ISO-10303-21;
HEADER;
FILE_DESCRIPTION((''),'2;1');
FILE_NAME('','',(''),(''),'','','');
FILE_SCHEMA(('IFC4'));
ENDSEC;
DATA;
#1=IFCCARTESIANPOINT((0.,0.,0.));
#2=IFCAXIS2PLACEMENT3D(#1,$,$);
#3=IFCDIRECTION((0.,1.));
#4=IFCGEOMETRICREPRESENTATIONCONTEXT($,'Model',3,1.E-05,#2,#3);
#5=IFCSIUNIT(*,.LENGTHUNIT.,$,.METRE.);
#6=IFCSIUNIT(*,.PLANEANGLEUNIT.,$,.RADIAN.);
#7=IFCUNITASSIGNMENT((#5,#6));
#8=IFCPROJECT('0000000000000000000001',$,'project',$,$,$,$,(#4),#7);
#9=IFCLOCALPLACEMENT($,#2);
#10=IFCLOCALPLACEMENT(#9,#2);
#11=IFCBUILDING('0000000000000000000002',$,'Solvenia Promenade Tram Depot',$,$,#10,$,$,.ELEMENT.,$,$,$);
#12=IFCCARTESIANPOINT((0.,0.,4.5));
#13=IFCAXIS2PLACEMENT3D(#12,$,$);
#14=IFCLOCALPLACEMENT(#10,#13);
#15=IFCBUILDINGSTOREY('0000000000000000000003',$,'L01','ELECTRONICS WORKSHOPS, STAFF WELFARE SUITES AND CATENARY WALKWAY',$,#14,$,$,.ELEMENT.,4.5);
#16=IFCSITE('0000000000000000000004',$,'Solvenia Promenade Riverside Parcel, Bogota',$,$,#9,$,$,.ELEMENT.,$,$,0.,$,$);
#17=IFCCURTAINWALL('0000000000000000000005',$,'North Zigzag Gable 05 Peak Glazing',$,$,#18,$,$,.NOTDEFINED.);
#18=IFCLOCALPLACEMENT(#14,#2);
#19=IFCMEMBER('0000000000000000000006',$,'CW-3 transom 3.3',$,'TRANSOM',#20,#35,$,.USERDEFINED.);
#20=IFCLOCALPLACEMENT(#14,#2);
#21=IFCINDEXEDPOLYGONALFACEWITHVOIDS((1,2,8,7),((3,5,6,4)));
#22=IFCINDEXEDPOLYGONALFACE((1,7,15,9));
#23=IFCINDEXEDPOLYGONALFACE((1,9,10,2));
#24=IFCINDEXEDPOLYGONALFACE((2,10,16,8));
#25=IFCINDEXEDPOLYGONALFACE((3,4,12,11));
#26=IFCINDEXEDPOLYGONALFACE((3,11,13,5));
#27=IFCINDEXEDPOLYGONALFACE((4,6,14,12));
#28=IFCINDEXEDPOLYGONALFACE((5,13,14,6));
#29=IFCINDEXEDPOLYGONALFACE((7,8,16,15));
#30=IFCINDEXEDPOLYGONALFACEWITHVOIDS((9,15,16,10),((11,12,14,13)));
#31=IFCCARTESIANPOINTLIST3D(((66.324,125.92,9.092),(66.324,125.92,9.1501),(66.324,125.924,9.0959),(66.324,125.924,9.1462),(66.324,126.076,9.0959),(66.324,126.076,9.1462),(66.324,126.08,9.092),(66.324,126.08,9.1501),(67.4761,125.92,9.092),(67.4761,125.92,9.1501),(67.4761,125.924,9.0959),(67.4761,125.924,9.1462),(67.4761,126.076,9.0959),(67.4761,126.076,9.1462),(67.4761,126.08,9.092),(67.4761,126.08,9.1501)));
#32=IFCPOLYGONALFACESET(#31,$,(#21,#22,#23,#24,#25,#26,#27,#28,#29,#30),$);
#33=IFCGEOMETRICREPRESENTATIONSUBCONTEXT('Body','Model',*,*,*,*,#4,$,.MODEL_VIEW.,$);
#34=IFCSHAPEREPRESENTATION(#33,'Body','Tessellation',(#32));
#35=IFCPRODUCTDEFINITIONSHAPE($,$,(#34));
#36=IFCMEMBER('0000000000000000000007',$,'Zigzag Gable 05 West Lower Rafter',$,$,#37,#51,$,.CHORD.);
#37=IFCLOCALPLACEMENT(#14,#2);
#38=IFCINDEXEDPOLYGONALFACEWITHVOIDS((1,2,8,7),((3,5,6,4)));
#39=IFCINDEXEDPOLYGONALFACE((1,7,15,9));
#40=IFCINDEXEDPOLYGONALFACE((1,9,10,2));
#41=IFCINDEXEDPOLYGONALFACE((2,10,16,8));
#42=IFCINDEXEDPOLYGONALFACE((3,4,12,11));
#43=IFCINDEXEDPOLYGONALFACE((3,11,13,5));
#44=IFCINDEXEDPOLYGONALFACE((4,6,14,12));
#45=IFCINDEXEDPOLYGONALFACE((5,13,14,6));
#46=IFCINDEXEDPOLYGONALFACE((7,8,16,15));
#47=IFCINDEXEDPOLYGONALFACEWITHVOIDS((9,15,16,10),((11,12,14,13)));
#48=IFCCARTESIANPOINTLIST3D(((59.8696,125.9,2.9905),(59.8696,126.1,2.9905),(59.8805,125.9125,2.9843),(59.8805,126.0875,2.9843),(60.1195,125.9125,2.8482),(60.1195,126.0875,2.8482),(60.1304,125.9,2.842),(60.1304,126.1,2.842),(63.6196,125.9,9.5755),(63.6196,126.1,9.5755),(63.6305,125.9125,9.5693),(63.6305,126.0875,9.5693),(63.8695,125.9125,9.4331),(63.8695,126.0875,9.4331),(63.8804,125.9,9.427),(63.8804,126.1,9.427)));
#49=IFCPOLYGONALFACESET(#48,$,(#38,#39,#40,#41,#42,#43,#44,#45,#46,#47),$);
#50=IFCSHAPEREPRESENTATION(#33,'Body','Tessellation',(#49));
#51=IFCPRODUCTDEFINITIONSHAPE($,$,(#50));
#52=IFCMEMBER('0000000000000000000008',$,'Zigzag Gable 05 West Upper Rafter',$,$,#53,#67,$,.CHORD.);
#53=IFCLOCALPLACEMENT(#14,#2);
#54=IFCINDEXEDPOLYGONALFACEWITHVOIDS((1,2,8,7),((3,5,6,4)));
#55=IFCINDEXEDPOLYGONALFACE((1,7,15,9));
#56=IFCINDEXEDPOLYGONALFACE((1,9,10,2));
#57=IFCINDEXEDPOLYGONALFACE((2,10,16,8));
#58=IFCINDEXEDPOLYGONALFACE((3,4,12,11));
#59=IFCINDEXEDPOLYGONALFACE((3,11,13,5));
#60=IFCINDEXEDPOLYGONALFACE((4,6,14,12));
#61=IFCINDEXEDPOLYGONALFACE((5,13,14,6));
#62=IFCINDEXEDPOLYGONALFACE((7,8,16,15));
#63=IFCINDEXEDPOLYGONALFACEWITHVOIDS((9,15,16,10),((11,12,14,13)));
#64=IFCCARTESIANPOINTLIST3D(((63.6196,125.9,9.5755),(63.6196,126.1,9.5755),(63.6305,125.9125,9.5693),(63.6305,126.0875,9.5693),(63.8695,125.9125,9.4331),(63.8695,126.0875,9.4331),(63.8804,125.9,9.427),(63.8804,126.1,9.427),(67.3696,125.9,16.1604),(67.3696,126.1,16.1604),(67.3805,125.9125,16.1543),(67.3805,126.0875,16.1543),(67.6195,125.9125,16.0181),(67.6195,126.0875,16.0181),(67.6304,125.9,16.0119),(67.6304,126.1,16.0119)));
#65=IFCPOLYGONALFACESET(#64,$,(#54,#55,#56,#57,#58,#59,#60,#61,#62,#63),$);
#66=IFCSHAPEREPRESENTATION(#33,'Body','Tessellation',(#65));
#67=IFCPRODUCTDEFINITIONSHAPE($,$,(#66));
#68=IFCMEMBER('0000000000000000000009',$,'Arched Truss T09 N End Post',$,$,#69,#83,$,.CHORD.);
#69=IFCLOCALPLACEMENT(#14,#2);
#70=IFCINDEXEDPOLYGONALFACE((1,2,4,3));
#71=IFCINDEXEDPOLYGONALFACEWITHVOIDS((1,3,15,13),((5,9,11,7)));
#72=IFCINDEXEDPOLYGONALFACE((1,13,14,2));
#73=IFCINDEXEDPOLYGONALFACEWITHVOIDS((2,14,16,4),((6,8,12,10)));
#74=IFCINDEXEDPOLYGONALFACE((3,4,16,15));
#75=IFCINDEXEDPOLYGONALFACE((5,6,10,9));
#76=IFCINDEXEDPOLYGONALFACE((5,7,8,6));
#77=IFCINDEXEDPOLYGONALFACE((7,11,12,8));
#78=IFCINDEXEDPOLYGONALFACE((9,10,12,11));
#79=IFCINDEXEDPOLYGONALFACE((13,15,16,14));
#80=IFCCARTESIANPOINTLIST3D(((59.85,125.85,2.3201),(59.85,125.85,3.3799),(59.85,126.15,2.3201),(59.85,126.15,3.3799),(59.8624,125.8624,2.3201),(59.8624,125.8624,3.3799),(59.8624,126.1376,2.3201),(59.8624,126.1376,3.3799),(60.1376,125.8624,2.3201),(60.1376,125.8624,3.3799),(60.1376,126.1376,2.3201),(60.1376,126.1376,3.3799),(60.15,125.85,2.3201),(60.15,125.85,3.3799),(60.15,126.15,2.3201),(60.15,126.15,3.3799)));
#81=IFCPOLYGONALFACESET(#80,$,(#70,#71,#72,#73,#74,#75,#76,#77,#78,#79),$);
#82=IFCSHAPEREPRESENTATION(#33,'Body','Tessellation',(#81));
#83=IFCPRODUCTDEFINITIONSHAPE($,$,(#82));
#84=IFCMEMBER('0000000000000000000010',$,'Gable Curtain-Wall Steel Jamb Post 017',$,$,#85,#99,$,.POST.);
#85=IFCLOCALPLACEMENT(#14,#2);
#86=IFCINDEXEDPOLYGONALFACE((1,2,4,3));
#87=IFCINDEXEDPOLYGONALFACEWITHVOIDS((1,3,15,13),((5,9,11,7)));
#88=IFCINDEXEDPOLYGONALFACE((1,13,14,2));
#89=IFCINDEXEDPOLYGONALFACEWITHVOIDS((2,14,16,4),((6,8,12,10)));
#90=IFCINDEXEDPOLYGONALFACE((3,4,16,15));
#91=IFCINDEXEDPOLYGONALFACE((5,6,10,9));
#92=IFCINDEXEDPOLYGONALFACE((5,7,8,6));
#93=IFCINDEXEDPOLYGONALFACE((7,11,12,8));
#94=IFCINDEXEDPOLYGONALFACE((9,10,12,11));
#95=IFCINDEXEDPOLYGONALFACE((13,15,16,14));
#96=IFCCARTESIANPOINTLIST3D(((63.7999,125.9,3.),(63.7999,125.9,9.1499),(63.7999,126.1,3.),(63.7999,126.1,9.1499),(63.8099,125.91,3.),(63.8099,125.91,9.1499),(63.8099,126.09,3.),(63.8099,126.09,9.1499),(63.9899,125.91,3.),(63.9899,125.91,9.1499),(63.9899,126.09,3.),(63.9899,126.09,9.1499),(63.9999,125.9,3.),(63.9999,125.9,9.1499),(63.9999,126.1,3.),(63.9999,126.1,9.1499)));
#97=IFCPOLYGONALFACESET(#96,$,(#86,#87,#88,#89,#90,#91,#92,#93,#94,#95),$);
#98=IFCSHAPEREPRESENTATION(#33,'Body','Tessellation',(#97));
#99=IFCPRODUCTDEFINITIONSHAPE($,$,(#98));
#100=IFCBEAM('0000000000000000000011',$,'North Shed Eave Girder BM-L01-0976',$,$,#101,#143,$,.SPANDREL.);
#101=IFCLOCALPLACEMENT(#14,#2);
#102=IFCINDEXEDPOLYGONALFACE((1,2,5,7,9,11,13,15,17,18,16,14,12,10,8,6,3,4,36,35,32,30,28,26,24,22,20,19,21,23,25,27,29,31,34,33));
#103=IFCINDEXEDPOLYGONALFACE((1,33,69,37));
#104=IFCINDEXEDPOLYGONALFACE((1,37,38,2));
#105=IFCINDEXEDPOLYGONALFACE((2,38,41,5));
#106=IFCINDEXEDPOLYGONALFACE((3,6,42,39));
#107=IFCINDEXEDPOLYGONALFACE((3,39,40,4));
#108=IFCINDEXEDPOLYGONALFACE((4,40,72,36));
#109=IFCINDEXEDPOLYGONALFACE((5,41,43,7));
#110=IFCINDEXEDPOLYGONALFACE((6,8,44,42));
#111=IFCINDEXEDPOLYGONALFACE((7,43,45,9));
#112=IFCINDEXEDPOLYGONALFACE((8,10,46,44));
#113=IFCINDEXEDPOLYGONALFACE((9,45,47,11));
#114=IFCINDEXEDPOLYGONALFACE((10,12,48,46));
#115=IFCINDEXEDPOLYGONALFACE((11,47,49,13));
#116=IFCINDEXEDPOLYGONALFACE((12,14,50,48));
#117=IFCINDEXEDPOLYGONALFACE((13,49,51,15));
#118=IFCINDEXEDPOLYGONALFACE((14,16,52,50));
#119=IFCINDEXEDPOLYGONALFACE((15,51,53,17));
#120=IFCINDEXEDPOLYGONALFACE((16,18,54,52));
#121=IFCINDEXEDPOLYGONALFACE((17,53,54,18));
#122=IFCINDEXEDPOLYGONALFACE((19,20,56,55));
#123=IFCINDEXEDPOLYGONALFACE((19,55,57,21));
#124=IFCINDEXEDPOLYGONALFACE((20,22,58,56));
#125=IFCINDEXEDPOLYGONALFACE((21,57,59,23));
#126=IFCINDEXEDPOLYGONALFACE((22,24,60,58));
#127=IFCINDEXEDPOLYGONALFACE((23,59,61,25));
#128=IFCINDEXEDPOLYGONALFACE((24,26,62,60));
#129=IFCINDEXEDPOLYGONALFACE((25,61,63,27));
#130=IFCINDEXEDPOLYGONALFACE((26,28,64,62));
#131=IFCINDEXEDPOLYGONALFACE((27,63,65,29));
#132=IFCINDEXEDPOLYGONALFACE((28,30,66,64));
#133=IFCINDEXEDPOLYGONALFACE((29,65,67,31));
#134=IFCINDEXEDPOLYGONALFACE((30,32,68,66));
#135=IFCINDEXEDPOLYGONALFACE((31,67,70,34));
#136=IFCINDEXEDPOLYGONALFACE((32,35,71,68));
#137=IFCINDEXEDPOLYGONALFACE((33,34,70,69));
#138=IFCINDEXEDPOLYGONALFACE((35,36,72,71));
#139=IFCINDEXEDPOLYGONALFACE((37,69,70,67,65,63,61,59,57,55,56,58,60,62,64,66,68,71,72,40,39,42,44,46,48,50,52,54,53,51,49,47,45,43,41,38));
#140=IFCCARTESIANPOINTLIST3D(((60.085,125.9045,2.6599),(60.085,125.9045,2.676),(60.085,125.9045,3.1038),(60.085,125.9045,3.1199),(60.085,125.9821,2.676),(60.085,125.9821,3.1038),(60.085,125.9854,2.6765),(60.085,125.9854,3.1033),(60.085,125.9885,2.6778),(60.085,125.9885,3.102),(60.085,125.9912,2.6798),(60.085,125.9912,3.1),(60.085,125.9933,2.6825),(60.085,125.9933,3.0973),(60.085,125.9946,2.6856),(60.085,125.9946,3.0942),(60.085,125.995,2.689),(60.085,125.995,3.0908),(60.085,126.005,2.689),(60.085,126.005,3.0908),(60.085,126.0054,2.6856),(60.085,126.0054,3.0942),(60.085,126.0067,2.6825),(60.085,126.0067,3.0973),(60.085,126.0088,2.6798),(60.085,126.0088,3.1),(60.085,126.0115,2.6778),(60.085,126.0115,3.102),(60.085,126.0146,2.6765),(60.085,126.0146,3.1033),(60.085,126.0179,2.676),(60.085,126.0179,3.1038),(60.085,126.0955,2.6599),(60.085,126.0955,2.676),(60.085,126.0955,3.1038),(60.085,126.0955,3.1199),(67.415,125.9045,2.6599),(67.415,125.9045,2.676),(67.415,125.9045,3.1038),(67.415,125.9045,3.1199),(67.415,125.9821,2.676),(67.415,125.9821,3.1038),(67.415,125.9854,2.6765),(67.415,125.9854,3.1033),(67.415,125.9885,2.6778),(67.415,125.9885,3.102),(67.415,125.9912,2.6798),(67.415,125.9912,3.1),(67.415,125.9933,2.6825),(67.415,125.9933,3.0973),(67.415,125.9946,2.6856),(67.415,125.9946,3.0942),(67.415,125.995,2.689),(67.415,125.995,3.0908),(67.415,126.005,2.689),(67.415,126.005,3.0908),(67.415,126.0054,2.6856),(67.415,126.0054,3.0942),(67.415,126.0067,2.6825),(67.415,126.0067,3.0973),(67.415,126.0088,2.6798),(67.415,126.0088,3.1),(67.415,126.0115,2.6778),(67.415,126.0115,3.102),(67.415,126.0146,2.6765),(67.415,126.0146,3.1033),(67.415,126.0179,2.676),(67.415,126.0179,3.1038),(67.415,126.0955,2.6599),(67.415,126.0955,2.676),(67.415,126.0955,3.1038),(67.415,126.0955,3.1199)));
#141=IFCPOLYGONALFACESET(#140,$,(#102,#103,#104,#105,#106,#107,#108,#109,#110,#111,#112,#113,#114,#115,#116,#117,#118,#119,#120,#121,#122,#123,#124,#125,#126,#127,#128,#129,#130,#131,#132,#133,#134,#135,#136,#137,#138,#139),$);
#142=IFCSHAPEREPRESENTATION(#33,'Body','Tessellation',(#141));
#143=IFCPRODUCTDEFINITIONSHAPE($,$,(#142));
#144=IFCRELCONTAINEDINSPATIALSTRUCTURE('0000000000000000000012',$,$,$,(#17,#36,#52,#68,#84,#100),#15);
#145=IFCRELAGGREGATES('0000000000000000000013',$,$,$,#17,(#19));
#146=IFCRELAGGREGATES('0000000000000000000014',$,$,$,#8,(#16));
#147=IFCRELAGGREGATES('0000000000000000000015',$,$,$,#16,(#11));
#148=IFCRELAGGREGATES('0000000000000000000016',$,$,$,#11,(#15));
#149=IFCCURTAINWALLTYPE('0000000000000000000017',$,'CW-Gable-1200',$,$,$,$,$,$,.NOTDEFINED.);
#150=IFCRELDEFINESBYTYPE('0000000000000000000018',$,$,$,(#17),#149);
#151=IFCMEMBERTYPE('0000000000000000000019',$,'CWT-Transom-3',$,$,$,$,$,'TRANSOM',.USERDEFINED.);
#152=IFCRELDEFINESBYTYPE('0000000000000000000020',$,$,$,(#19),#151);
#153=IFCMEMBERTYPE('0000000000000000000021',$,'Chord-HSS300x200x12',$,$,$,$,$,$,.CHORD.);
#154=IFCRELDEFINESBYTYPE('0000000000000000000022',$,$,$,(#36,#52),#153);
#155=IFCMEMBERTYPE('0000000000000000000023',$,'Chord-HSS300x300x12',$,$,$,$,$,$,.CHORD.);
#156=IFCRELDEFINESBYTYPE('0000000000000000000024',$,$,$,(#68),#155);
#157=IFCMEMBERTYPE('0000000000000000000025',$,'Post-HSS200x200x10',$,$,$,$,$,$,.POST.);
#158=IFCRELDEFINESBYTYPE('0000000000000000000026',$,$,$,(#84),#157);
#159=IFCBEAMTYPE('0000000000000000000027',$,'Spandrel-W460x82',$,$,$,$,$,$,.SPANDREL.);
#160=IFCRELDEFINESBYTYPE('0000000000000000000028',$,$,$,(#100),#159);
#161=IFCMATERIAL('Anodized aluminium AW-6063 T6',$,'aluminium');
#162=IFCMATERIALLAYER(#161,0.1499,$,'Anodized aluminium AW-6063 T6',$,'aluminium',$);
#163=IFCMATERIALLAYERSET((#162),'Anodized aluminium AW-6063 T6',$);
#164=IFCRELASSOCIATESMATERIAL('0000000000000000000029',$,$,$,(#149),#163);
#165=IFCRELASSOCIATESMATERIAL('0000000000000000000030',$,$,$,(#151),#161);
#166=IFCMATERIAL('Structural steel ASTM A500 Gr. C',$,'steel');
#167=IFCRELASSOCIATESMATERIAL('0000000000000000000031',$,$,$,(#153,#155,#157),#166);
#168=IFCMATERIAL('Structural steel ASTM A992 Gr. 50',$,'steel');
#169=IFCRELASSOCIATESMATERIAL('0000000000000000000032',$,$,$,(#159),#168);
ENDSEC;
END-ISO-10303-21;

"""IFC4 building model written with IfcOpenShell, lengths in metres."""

from ifc_helpers import new_model, si_unit, direction, frame, origin, origin_2d, place, context, subcontext, project, spatial, hollow_rectangle, i_section, extrude, material, layer, layer_set, material_profile, profile_set, type_object, element, aggregate, save


model = new_model("IFC4")

# Units and contexts
model_context = context("Model", 3, precision=1e-05, world=origin(), true_north=direction((0.0, 1.0)))
body_context = subcontext(model_context, "Body", "Model", "MODEL_VIEW")
ifc_project = project(units=[si_unit("LENGTHUNIT", "METRE"), si_unit("PLANEANGLEUNIT", "RADIAN")], contexts=[model_context])

# Site, building, storey
site_placement = place(None, origin())
site = spatial("IfcSite", under=ifc_project, at=site_placement, Name="Solvenia Promenade Riverside Parcel, Bogota", CompositionType="ELEMENT", RefElevation=0.0)
building_placement = place(site_placement, origin())
building = spatial("IfcBuilding", under=site, at=building_placement, Name="Solvenia Promenade Tram Depot", CompositionType="ELEMENT")
storey_placement = place(building_placement, frame((0.0, 0.0, 4.5)))
storey = spatial("IfcBuildingStorey", under=building, at=storey_placement, Name="L01", Description="ELECTRONICS WORKSHOPS, STAFF WELFARE SUITES AND CATENARY WALKWAY", CompositionType="ELEMENT", Elevation=4.5)

# Curtain wall, member
ifc_material_1 = material(Name="Anodized aluminium AW-6063 T6", Category="aluminium")
ifc_layer_1 = layer(ifc_material_1, 0.1499, Name="Anodized aluminium AW-6063 T6", Category="aluminium")
ifc_layer_set_1 = layer_set([ifc_layer_1], Name="Anodized aluminium AW-6063 T6")
curtain_wall_type = type_object("IfcCurtainWallType", Name="CW-Gable-1200", PredefinedType="NOTDEFINED", material=ifc_layer_set_1)
curtain_wall_placement = place(storey_placement, origin())
curtain_wall = element("IfcCurtainWall", 1, at=curtain_wall_placement, inside=storey, type_object=curtain_wall_type, Name="North Zigzag Gable 05 Peak Glazing", PredefinedType="NOTDEFINED")
ifc_material_profile_1 = material_profile(ifc_material_1, hollow_rectangle(XDim=0.1599, YDim=0.0581, WallThickness=0.0039, at=origin_2d()), Name="ALU-T3", Category="aluminium")
ifc_profile_set_1 = profile_set([ifc_material_profile_1], Name="Anodized aluminium AW-6063 T6")
member_type_1 = type_object("IfcMemberType", Name="CWT-Transom-3", ElementType="TRANSOM", PredefinedType="USERDEFINED", material=ifc_profile_set_1)
member_1_placement = place(storey_placement, frame((66.324, 126.0, 9.1211), z_axis=(1.0, 0.0, 0.0), x_axis=(0.0, 1.0, 0.0)))
member_1 = element("IfcMember", 2, at=member_1_placement, type_object=member_type_1, Name="CW-3 transom 3.3", ObjectType="TRANSOM", PredefinedType="USERDEFINED", context=body_context, shape_type="SweptSolid", body=[
    extrude(hollow_rectangle(XDim=0.1599, YDim=0.0581, WallThickness=0.0039, at=origin_2d()), origin(), (0.0, 0.0, 1.0), 1.1521),
])

# Members
ifc_material_2 = material(Name="Structural steel ASTM A500 Gr. C", Category="steel")
ifc_material_profile_2 = material_profile(ifc_material_2, hollow_rectangle(XDim=0.2, YDim=0.3, WallThickness=0.0125, at=origin_2d()), Name="HSS300x200x12.5", Category="steel")
ifc_profile_set_2 = profile_set([ifc_material_profile_2], Name="Structural steel ASTM A500 Gr. C")
member_type_2 = type_object("IfcMemberType", Name="Chord-HSS300x200x12", PredefinedType="CHORD", material=ifc_profile_set_2)
for number, where, z_axis, x_axis, name in (
    (3, (60.0, 126.0, 2.9163), (0.494862, 0.0, 0.868972), (0.0, 1.0, 0.0), "Zigzag Gable 05 West Lower Rafter"),
    (4, (63.75, 126.0, 9.5012), (0.494862, 0.0, 0.868972), (0.0, 1.0, 0.0), "Zigzag Gable 05 West Upper Rafter"),
):
    element("IfcMember", number, at=place(storey_placement, frame(where, z_axis=z_axis, x_axis=x_axis)), inside=storey, type_object=member_type_2, Name=name, PredefinedType="CHORD", context=body_context, shape_type="SweptSolid", body=[
        extrude(hollow_rectangle(XDim=0.2, YDim=0.3, WallThickness=0.0125, at=origin_2d()), origin(), (0.0, 0.0, 1.0), 7.5779),
    ])
ifc_material_profile_3 = material_profile(ifc_material_2, hollow_rectangle(XDim=0.3, YDim=0.3, WallThickness=0.0125, at=origin_2d()), Name="HSS300x300x12.5", Category="steel")
ifc_profile_set_3 = profile_set([ifc_material_profile_3], Name="Structural steel ASTM A500 Gr. C")
member_type_3 = type_object("IfcMemberType", Name="Chord-HSS300x300x12", PredefinedType="CHORD", material=ifc_profile_set_3)
member_2_placement = place(storey_placement, frame((60.0, 126.0, 2.3201), z_axis=(0.0, 0.0, 1.0), x_axis=(1.0, 0.0, 0.0)))
element("IfcMember", 5, at=member_2_placement, inside=storey, type_object=member_type_3, Name="Arched Truss T09 N End Post", PredefinedType="CHORD", context=body_context, shape_type="SweptSolid", body=[
    extrude(hollow_rectangle(XDim=0.3, YDim=0.3, WallThickness=0.0125, at=origin_2d()), origin(), (0.0, 0.0, 1.0), 1.0598),
])
ifc_material_profile_4 = material_profile(ifc_material_2, hollow_rectangle(XDim=0.2, YDim=0.2, WallThickness=0.01, at=origin_2d()), Name="HSS200x200x10", Category="steel")
ifc_profile_set_4 = profile_set([ifc_material_profile_4], Name="Structural steel ASTM A500 Gr. C")
member_type_4 = type_object("IfcMemberType", Name="Post-HSS200x200x10", PredefinedType="POST", material=ifc_profile_set_4)
member_3_placement = place(storey_placement, frame((63.8999, 126.0, 3.0), z_axis=(0.0, 0.0, 1.0), x_axis=(1.0, 0.0, 0.0)))
element("IfcMember", 6, at=member_3_placement, inside=storey, type_object=member_type_4, Name="Gable Curtain-Wall Steel Jamb Post 017", PredefinedType="POST", context=body_context, shape_type="SweptSolid", body=[
    extrude(hollow_rectangle(XDim=0.2, YDim=0.2, WallThickness=0.01, at=origin_2d()), origin(), (0.0, 0.0, 1.0), 6.1499),
])

# Beam
ifc_material_3 = material(Name="Structural steel ASTM A992 Gr. 50", Category="steel")
ifc_material_profile_5 = material_profile(ifc_material_3, i_section(OverallWidth=0.1909, OverallDepth=0.46, WebThickness=0.01, FlangeThickness=0.0161, FilletRadius=0.0129, at=origin_2d()), Name="W460x82", Category="steel")
ifc_profile_set_5 = profile_set([ifc_material_profile_5], Name="Structural steel ASTM A992 Gr. 50")
beam_type = type_object("IfcBeamType", Name="Spandrel-W460x82", PredefinedType="SPANDREL", material=ifc_profile_set_5)
beam_placement = place(storey_placement, frame((60.085, 126.0, 2.8899), z_axis=(1.0, 0.0, 0.0), x_axis=(0.0, 1.0, 0.0)))
element("IfcBeam", 7, at=beam_placement, inside=storey, type_object=beam_type, Name="North Shed Eave Girder BM-L01-0976", PredefinedType="SPANDREL", context=body_context, shape_type="SweptSolid", body=[
    extrude(i_section(OverallWidth=0.1909, OverallDepth=0.46, WebThickness=0.01, FlangeThickness=0.0161, FilletRadius=0.0129, at=origin_2d()), origin(), (0.0, 0.0, 1.0), 7.3301),
])

aggregate(curtain_wall, [member_1])

save(model, "model.ifc")
